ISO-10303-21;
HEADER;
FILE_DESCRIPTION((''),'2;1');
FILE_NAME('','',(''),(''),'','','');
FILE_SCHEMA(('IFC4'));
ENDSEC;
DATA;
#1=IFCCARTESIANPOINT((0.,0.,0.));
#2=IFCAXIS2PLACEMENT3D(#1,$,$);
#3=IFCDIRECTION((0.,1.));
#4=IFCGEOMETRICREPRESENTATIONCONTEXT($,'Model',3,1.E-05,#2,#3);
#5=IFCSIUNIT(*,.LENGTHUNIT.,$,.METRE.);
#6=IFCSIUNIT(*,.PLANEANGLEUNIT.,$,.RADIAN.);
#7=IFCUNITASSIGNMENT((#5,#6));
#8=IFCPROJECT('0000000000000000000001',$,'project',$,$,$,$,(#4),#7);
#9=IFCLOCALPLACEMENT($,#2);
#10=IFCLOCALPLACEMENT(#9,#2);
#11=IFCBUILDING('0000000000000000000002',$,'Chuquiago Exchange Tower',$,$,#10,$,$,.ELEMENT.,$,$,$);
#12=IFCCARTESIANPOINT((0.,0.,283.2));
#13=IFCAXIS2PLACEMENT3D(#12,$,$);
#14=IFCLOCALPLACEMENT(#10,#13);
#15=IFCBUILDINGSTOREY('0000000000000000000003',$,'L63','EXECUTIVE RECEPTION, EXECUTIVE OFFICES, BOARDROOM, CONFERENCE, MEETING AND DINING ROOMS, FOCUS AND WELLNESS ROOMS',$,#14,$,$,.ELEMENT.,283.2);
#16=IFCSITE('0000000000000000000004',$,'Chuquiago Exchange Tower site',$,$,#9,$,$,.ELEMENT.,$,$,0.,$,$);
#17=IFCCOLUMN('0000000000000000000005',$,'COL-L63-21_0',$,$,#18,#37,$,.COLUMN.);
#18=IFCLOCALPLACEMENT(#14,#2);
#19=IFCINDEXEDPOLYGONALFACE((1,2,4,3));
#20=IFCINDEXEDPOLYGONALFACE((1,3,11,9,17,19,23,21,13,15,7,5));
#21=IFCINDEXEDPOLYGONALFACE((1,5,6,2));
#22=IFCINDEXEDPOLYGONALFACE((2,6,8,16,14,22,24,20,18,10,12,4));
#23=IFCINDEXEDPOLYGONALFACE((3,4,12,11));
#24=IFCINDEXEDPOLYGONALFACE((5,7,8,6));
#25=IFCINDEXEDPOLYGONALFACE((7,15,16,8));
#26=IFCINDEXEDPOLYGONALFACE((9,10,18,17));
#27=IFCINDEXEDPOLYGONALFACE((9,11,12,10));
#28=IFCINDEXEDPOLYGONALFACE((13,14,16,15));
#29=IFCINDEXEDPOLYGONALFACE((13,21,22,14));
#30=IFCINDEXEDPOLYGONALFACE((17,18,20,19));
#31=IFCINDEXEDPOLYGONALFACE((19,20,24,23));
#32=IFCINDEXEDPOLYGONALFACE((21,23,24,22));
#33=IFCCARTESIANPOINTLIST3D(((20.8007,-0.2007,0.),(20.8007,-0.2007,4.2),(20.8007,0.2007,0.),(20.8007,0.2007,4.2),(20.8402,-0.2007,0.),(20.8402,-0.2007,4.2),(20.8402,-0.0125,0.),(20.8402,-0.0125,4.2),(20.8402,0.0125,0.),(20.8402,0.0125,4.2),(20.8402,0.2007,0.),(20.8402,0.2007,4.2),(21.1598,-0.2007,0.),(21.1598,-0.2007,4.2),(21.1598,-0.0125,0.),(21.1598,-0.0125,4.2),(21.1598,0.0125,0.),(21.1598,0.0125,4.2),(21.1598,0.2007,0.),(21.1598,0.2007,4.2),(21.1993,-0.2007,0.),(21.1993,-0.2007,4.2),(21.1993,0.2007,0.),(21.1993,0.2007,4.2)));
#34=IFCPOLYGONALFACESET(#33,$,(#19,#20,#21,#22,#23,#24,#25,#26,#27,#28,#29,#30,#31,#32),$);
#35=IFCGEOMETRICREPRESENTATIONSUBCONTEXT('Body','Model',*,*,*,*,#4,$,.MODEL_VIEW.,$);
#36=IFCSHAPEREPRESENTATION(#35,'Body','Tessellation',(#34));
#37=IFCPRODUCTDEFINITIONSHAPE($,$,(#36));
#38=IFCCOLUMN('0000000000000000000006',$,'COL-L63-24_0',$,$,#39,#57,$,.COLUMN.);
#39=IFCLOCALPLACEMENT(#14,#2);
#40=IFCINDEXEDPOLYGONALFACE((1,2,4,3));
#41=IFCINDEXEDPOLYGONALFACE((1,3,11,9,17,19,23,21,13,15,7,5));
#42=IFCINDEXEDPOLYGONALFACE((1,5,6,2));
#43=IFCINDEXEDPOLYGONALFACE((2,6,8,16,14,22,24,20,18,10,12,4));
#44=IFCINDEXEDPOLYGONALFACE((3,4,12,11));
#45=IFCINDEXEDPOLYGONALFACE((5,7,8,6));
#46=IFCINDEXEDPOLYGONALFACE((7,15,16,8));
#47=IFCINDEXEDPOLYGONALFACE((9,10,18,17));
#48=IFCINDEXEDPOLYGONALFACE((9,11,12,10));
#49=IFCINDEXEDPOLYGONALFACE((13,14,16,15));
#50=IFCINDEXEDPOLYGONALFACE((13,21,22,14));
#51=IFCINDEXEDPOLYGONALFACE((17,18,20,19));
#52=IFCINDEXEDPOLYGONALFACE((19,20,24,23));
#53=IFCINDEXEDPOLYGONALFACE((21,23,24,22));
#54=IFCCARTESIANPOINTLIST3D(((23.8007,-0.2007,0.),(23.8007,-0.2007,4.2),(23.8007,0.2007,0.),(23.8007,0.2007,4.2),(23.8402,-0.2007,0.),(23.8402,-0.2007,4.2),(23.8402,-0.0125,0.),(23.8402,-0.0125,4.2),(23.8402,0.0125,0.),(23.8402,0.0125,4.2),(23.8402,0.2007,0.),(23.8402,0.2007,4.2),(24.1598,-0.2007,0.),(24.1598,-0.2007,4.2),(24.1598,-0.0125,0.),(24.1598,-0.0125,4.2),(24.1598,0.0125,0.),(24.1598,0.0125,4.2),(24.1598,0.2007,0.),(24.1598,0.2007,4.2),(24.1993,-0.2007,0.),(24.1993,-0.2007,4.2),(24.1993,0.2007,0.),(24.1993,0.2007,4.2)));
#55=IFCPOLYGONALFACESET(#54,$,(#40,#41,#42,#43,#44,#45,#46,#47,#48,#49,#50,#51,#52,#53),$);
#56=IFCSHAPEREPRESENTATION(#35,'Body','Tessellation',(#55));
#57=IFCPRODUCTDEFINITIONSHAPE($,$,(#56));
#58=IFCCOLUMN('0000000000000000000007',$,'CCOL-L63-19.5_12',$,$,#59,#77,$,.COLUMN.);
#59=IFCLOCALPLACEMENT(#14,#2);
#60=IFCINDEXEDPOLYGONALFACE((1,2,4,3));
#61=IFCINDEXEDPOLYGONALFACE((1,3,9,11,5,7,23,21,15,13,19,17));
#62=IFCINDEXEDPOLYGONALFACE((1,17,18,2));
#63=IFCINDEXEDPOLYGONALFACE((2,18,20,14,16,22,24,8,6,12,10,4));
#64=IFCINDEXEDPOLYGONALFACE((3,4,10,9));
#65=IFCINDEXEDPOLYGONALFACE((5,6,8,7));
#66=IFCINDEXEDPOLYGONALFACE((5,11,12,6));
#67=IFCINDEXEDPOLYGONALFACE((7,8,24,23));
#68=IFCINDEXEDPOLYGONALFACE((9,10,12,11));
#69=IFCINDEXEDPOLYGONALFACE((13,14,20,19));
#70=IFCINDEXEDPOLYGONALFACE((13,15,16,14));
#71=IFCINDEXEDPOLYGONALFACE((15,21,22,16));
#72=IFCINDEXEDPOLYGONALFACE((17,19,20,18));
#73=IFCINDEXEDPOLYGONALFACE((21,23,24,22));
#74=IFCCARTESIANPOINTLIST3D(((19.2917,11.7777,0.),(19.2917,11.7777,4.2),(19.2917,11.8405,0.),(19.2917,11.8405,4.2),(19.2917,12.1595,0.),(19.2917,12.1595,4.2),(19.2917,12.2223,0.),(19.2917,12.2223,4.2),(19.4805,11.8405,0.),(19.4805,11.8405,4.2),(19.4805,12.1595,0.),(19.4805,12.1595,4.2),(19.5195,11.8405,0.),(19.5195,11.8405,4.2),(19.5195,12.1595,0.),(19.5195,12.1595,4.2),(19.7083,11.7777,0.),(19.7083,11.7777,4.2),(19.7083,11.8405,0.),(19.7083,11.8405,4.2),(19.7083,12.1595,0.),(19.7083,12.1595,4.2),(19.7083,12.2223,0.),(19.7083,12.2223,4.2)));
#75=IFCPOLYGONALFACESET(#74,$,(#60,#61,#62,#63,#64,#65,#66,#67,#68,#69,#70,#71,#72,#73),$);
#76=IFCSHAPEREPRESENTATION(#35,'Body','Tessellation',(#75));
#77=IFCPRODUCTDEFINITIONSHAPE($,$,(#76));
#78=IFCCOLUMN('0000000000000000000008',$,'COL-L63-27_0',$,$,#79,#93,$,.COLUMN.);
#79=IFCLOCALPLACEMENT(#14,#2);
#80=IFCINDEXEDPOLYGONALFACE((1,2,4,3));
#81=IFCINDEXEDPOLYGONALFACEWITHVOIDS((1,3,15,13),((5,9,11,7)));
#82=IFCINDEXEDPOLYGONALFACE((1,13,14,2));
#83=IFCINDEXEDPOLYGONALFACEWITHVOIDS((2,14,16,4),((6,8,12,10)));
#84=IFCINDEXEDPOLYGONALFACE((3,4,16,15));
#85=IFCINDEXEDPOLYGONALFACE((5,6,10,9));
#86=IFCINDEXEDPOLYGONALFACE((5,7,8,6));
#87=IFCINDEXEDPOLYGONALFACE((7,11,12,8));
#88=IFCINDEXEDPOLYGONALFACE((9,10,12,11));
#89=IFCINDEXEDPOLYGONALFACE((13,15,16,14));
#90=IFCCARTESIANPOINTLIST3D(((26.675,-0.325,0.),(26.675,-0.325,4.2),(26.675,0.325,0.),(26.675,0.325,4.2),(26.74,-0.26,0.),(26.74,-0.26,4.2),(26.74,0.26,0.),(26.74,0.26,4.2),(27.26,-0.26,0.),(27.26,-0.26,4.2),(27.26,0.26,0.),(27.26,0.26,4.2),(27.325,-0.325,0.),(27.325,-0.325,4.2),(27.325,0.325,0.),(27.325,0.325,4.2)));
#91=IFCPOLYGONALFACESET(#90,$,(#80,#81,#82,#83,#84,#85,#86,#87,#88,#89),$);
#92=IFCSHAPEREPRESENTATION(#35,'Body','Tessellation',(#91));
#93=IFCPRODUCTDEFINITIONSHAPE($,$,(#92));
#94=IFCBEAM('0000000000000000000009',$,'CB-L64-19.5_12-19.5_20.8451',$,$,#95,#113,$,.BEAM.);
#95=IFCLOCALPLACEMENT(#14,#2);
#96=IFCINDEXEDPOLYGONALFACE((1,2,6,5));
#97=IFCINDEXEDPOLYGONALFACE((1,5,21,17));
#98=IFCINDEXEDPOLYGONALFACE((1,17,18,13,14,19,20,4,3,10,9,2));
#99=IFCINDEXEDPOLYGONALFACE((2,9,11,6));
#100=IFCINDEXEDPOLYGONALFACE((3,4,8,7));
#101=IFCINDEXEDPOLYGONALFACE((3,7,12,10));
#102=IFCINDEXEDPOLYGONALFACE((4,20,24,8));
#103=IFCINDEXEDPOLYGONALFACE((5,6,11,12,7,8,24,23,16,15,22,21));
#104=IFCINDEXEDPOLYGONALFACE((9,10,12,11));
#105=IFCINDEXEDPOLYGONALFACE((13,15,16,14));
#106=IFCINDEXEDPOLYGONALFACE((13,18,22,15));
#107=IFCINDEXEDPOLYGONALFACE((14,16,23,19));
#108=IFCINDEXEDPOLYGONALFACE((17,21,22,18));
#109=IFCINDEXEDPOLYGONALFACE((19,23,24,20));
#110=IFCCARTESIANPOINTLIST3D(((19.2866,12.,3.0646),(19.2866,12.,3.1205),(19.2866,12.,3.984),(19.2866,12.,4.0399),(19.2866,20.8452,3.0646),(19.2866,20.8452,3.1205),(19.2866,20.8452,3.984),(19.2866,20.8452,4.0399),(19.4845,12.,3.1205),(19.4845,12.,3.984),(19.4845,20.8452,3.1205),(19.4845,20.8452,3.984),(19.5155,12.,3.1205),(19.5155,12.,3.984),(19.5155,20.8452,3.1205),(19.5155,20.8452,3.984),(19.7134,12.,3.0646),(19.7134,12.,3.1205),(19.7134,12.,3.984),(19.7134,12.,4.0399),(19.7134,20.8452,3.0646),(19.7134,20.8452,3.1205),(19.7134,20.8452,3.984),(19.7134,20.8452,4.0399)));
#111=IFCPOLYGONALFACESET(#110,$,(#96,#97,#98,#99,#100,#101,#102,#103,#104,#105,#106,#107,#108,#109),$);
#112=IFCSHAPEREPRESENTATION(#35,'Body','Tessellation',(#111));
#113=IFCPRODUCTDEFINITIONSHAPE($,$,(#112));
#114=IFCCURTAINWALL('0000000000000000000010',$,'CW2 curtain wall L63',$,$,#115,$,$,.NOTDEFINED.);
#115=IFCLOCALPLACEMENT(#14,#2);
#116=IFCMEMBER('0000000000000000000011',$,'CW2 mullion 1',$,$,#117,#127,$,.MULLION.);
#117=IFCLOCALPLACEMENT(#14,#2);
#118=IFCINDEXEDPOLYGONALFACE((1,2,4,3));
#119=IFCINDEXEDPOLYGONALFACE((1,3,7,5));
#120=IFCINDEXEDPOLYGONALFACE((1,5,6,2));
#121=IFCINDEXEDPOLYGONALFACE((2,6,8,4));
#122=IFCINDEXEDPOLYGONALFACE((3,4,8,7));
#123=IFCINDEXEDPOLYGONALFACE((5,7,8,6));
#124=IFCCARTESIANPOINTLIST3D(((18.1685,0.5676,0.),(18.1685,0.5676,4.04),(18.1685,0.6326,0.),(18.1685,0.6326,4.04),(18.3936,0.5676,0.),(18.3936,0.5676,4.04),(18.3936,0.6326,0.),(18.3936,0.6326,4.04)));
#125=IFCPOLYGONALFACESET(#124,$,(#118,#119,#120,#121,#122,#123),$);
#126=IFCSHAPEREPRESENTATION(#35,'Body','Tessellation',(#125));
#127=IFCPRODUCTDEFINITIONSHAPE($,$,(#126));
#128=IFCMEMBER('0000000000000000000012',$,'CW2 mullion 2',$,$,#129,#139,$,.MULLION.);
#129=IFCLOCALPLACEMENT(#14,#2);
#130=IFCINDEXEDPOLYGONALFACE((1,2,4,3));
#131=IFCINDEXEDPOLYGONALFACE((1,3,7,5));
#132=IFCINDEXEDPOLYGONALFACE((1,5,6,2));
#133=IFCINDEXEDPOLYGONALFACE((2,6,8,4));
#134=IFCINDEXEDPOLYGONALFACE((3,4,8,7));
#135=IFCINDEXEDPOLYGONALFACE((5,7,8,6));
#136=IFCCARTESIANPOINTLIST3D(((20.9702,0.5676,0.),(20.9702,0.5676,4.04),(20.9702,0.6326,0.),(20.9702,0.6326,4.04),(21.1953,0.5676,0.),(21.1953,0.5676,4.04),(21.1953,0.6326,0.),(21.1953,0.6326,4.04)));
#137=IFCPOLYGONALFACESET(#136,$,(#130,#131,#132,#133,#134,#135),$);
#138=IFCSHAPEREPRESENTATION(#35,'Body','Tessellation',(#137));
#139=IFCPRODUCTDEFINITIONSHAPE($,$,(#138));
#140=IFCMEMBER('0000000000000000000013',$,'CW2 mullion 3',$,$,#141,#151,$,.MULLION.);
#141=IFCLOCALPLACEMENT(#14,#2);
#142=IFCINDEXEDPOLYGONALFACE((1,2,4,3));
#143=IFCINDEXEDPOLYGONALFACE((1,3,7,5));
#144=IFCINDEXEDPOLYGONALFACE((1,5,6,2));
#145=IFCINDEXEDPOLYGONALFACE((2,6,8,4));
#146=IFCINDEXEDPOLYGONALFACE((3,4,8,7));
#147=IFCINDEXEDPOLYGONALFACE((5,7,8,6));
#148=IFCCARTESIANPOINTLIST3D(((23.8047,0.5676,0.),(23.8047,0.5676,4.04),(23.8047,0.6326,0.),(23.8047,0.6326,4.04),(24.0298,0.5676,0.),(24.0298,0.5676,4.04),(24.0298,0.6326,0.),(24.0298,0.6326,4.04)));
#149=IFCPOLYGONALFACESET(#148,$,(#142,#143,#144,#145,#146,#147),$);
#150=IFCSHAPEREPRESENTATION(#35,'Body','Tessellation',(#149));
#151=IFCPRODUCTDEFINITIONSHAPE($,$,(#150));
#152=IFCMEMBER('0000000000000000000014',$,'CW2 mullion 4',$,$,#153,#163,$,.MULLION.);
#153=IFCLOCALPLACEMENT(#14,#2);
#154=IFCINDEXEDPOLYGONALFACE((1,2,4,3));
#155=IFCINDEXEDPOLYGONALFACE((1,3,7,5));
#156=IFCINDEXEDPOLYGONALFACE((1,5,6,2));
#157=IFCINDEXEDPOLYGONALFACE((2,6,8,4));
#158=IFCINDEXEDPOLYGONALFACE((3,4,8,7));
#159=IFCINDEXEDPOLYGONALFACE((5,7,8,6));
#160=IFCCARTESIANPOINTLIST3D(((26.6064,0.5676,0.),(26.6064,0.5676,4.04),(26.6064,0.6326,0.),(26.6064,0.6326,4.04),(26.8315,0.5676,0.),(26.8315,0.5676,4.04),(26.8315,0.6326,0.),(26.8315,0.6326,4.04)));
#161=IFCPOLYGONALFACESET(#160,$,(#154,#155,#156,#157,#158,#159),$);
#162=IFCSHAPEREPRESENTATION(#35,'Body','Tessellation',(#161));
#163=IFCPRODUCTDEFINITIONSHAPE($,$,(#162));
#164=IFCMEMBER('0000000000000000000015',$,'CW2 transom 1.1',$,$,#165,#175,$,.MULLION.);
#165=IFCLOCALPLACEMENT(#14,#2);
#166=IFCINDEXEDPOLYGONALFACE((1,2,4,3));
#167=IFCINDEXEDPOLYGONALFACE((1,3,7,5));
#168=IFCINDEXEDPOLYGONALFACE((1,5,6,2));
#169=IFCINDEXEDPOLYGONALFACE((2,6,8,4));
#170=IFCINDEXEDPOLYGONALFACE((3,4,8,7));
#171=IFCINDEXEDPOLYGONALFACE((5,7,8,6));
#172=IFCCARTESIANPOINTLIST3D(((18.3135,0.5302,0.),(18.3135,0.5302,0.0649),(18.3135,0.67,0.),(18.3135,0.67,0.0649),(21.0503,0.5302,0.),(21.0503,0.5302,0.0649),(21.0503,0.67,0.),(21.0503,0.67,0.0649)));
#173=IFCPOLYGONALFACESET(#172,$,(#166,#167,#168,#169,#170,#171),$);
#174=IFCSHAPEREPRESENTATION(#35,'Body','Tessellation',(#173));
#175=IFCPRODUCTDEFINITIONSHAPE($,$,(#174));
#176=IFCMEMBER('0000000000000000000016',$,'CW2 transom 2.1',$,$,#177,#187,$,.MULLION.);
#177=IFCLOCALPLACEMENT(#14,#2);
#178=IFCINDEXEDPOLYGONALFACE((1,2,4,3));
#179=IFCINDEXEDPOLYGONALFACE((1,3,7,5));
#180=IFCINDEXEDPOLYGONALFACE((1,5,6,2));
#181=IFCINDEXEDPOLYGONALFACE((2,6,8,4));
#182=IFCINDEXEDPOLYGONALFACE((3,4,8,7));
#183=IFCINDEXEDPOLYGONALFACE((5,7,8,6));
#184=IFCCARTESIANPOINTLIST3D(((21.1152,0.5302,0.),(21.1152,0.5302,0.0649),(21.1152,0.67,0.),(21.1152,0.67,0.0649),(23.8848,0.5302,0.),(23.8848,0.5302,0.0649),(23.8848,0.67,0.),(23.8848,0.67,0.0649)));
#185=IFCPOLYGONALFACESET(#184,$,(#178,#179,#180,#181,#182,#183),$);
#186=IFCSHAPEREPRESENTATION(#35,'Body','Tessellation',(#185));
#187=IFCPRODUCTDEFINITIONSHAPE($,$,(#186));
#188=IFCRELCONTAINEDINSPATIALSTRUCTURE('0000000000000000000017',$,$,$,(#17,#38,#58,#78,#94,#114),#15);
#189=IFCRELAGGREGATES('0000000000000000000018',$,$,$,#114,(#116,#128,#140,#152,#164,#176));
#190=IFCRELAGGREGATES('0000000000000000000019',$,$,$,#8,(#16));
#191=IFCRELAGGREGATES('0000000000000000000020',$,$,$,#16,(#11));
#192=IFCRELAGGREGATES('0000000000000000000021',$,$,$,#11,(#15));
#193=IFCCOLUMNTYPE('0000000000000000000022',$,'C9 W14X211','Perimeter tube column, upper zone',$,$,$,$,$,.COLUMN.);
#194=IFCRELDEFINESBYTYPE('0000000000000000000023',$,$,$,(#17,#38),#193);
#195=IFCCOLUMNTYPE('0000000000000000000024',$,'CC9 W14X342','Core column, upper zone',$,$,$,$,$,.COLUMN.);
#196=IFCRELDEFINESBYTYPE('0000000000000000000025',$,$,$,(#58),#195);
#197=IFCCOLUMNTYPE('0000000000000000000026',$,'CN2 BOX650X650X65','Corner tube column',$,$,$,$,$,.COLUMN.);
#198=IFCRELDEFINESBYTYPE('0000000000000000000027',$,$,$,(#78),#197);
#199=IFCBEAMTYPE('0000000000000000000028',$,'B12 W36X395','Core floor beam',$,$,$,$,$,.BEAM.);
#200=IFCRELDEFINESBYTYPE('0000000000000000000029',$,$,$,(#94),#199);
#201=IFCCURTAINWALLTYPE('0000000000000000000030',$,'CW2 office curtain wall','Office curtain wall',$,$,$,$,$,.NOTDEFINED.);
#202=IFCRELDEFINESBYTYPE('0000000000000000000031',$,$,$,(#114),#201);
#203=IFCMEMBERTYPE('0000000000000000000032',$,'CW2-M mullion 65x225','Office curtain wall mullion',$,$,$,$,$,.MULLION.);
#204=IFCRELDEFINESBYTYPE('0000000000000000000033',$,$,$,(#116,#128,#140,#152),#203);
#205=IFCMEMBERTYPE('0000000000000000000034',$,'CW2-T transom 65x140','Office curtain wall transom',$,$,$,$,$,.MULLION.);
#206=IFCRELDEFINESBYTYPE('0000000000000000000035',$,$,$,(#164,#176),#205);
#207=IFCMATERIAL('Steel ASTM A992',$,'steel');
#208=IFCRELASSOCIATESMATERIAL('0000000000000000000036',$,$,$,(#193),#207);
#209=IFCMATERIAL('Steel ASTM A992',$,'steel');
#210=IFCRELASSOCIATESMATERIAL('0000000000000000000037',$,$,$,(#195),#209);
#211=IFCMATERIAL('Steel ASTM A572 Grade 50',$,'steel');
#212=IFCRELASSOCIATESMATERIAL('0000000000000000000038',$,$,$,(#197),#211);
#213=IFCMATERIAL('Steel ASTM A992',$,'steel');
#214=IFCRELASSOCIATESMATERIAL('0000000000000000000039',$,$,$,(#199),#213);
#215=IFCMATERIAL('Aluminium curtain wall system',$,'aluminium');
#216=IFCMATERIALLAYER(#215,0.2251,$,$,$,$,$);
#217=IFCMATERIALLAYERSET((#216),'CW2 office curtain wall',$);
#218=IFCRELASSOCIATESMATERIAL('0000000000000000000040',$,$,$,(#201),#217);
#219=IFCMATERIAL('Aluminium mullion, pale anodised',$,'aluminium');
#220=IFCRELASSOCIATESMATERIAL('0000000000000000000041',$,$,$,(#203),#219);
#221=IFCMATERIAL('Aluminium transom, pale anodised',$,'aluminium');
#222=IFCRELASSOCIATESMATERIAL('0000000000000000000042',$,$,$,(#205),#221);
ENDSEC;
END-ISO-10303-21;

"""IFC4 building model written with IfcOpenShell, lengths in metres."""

from ifc_helpers import new_model, si_unit, direction, frame, origin, origin_2d, place, context, subcontext, project, spatial, rectangle, hollow_rectangle, i_section, extrude, material, layer, layer_set, material_profile, profile_set, type_object, element, aggregate, save


model = new_model("IFC4")

# Units and contexts
model_context = context("Model", 3, precision=1e-05, world=origin(), true_north=direction((0.0, 1.0)))
body_context = subcontext(model_context, "Body", "Model", "MODEL_VIEW")
ifc_project = project(units=[si_unit("LENGTHUNIT", "METRE"), si_unit("PLANEANGLEUNIT", "RADIAN")], contexts=[model_context])

# Site, building, storey
site_placement = place(None, origin())
site = spatial("IfcSite", under=ifc_project, at=site_placement, Name="Chuquiago Exchange Tower site", CompositionType="ELEMENT", RefElevation=0.0)
building_placement = place(site_placement, origin())
building = spatial("IfcBuilding", under=site, at=building_placement, Name="Chuquiago Exchange Tower", CompositionType="ELEMENT")
storey_placement = place(building_placement, frame((0.0, 0.0, 283.2)))
storey = spatial("IfcBuildingStorey", under=building, at=storey_placement, Name="L63", Description="EXECUTIVE RECEPTION, EXECUTIVE OFFICES, BOARDROOM, CONFERENCE, MEETING AND DINING ROOMS, FOCUS AND WELLNESS ROOMS", CompositionType="ELEMENT", Elevation=283.2)

# Columns
ifc_material_1 = material(Name="Steel ASTM A992", Category="steel")
ifc_material_profile_1 = material_profile(ifc_material_1, i_section(OverallWidth=0.4014, OverallDepth=0.3987, WebThickness=0.0249, FlangeThickness=0.0396, at=origin_2d()), Name="W14X211")
ifc_profile_set_1 = profile_set([ifc_material_profile_1], Name="Steel ASTM A992")
column_type_1 = type_object("IfcColumnType", Name="C9 W14X211", Description="Perimeter tube column, upper zone", PredefinedType="COLUMN", material=ifc_profile_set_1)
for number, where, z_axis, x_axis, name in (
    (1, (21.0, 0.0, 0.0), (0.0, 0.0, 1.0), (0.0, -1.0, 0.0), "COL-L63-21_0"),
    (2, (24.0, 0.0, 0.0), (0.0, 0.0, 1.0), (0.0, -1.0, 0.0), "COL-L63-24_0"),
):
    element("IfcColumn", number, at=place(storey_placement, frame(where, z_axis=z_axis, x_axis=x_axis)), inside=storey, type_object=column_type_1, Name=name, PredefinedType="COLUMN", context=body_context, shape_type="SweptSolid", body=[
        extrude(i_section(OverallWidth=0.4014, OverallDepth=0.3987, WebThickness=0.0249, FlangeThickness=0.0396, at=origin_2d()), origin(), (0.0, 0.0, 1.0), 4.2),
    ])
ifc_material_2 = material(Name="Steel ASTM A992", Category="steel")
ifc_material_profile_2 = material_profile(ifc_material_2, i_section(OverallWidth=0.4165, OverallDepth=0.4446, WebThickness=0.0391, FlangeThickness=0.0627, at=origin_2d()), Name="W14X342")
ifc_profile_set_2 = profile_set([ifc_material_profile_2], Name="Steel ASTM A992")
column_type_2 = type_object("IfcColumnType", Name="CC9 W14X342", Description="Core column, upper zone", PredefinedType="COLUMN", material=ifc_profile_set_2)
column_1_placement = place(storey_placement, frame((19.5, 12.0, 0.0), z_axis=(0.0, 0.0, 1.0), x_axis=(1.0, 0.0, 0.0)))
element("IfcColumn", 3, at=column_1_placement, inside=storey, type_object=column_type_2, Name="CCOL-L63-19.5_12", PredefinedType="COLUMN", context=body_context, shape_type="SweptSolid", body=[
    extrude(i_section(OverallWidth=0.4165, OverallDepth=0.4446, WebThickness=0.0391, FlangeThickness=0.0627, at=origin_2d()), origin(), (0.0, 0.0, 1.0), 4.2),
])
ifc_material_3 = material(Name="Steel ASTM A572 Grade 50", Category="steel")
ifc_material_profile_3 = material_profile(ifc_material_3, hollow_rectangle(XDim=0.6499, YDim=0.6499, WallThickness=0.0649, at=origin_2d()), Name="BOX650X650X65")
ifc_profile_set_3 = profile_set([ifc_material_profile_3], Name="Steel ASTM A572 Grade 50")
column_type_3 = type_object("IfcColumnType", Name="CN2 BOX650X650X65", Description="Corner tube column", PredefinedType="COLUMN", material=ifc_profile_set_3)
column_2_placement = place(storey_placement, frame((27.0, 0.0, 0.0), z_axis=(0.0, 0.0, 1.0), x_axis=(0.0, -1.0, 0.0)))
element("IfcColumn", 4, at=column_2_placement, inside=storey, type_object=column_type_3, Name="COL-L63-27_0", PredefinedType="COLUMN", context=body_context, shape_type="SweptSolid", body=[
    extrude(hollow_rectangle(XDim=0.6499, YDim=0.6499, WallThickness=0.0649, at=origin_2d()), origin(), (0.0, 0.0, 1.0), 4.2),
])

# Beam
ifc_material_4 = material(Name="Steel ASTM A992", Category="steel")
ifc_material_profile_4 = material_profile(ifc_material_4, i_section(OverallWidth=0.4268, OverallDepth=0.9753, WebThickness=0.031, FlangeThickness=0.0559, at=origin_2d()), Name="W36X395")
ifc_profile_set_4 = profile_set([ifc_material_profile_4], Name="Steel ASTM A992")
beam_type_1 = type_object("IfcBeamType", Name="B12 W36X395", Description="Core floor beam", PredefinedType="BEAM", material=ifc_profile_set_4)
beam_1_placement = place(storey_placement, frame((19.5, 12.0, 3.5522), z_axis=(0.0, 1.0, 0.0), x_axis=(-1.0, 0.0, 0.0)))
element("IfcBeam", 5, at=beam_1_placement, inside=storey, type_object=beam_type_1, Name="CB-L64-19.5_12-19.5_20.8451", PredefinedType="BEAM", context=body_context, shape_type="SweptSolid", body=[
    extrude(i_section(OverallWidth=0.4268, OverallDepth=0.9753, WebThickness=0.031, FlangeThickness=0.0559, at=origin_2d()), origin(), (0.0, 0.0, 1.0), 8.8452),
])

# Curtain wall, members
ifc_material_5 = material(Name="Aluminium curtain wall system", Category="aluminium")
ifc_layer_1 = layer(ifc_material_5, 0.2251)
ifc_layer_set_1 = layer_set([ifc_layer_1], Name="CW2 office curtain wall")
curtain_wall_type_1 = type_object("IfcCurtainWallType", Name="CW2 office curtain wall", Description="Office curtain wall", PredefinedType="NOTDEFINED", material=ifc_layer_set_1)
curtain_wall_1_placement = place(storey_placement, origin())
curtain_wall_1 = element("IfcCurtainWall", 6, at=curtain_wall_1_placement, inside=storey, type_object=curtain_wall_type_1, Name="CW2 curtain wall L63", PredefinedType="NOTDEFINED")
ifc_material_6 = material(Name="Aluminium mullion, pale anodised", Category="aluminium")
ifc_material_profile_5 = material_profile(ifc_material_6, rectangle(XDim=0.0649, YDim=0.2251, at=origin_2d()), Name="AL 65x225")
ifc_profile_set_5 = profile_set([ifc_material_profile_5], Name="Aluminium mullion, pale anodised")
member_type_1 = type_object("IfcMemberType", Name="CW2-M mullion 65x225", Description="Office curtain wall mullion", PredefinedType="MULLION", material=ifc_profile_set_5)
member_1_placement = place(storey_placement, frame((18.281, 0.6001, 0.0), z_axis=(0.0, 0.0, 1.0), x_axis=(0.0, 1.0, 0.0)))
member_1 = element("IfcMember", 7, at=member_1_placement, type_object=member_type_1, Name="CW2 mullion 1", PredefinedType="MULLION", context=body_context, shape_type="SweptSolid", body=[
    extrude(rectangle(XDim=0.0649, YDim=0.2251, at=origin_2d()), origin(), (0.0, 0.0, 1.0), 4.04),
])
member_2_placement = place(storey_placement, frame((21.0828, 0.6001, 0.0), z_axis=(0.0, 0.0, 1.0), x_axis=(0.0, 1.0, 0.0)))
member_2 = element("IfcMember", 8, at=member_2_placement, type_object=member_type_1, Name="CW2 mullion 2", PredefinedType="MULLION", context=body_context, shape_type="SweptSolid", body=[
    extrude(rectangle(XDim=0.0649, YDim=0.2251, at=origin_2d()), origin(), (0.0, 0.0, 1.0), 4.04),
])
member_3_placement = place(storey_placement, frame((23.9172, 0.6001, 0.0), z_axis=(0.0, 0.0, 1.0), x_axis=(0.0, 1.0, 0.0)))
member_3 = element("IfcMember", 9, at=member_3_placement, type_object=member_type_1, Name="CW2 mullion 3", PredefinedType="MULLION", context=body_context, shape_type="SweptSolid", body=[
    extrude(rectangle(XDim=0.0649, YDim=0.2251, at=origin_2d()), origin(), (0.0, 0.0, 1.0), 4.04),
])
member_4_placement = place(storey_placement, frame((26.719, 0.6001, 0.0), z_axis=(0.0, 0.0, 1.0), x_axis=(0.0, 1.0, 0.0)))
member_4 = element("IfcMember", 10, at=member_4_placement, type_object=member_type_1, Name="CW2 mullion 4", PredefinedType="MULLION", context=body_context, shape_type="SweptSolid", body=[
    extrude(rectangle(XDim=0.0649, YDim=0.2251, at=origin_2d()), origin(), (0.0, 0.0, 1.0), 4.04),
])
ifc_material_7 = material(Name="Aluminium transom, pale anodised", Category="aluminium")
ifc_material_profile_6 = material_profile(ifc_material_7, rectangle(XDim=0.1399, YDim=0.0649, at=origin_2d()), Name="AL 140x65")
ifc_profile_set_6 = profile_set([ifc_material_profile_6], Name="Aluminium transom, pale anodised")
member_type_2 = type_object("IfcMemberType", Name="CW2-T transom 65x140", Description="Office curtain wall transom", PredefinedType="MULLION", material=ifc_profile_set_6)
member_5_placement = place(storey_placement, frame((18.3135, 0.6001, 0.0325), z_axis=(1.0, 0.0, 0.0), x_axis=(0.0, 1.0, 0.0)))
member_5 = element("IfcMember", 11, at=member_5_placement, type_object=member_type_2, Name="CW2 transom 1.1", PredefinedType="MULLION", context=body_context, shape_type="SweptSolid", body=[
    extrude(rectangle(XDim=0.1399, YDim=0.0649, at=origin_2d()), origin(), (0.0, 0.0, 1.0), 2.7368),
])
member_6_placement = place(storey_placement, frame((21.1152, 0.6001, 0.0325), z_axis=(1.0, 0.0, 0.0), x_axis=(0.0, 1.0, 0.0)))
member_6 = element("IfcMember", 12, at=member_6_placement, type_object=member_type_2, Name="CW2 transom 2.1", PredefinedType="MULLION", context=body_context, shape_type="SweptSolid", body=[
    extrude(rectangle(XDim=0.1399, YDim=0.0649, at=origin_2d()), origin(), (0.0, 0.0, 1.0), 2.7695),
])

aggregate(curtain_wall_1, [member_1, member_2, member_3, member_4, member_5, member_6])

save(model, "model.ifc")
